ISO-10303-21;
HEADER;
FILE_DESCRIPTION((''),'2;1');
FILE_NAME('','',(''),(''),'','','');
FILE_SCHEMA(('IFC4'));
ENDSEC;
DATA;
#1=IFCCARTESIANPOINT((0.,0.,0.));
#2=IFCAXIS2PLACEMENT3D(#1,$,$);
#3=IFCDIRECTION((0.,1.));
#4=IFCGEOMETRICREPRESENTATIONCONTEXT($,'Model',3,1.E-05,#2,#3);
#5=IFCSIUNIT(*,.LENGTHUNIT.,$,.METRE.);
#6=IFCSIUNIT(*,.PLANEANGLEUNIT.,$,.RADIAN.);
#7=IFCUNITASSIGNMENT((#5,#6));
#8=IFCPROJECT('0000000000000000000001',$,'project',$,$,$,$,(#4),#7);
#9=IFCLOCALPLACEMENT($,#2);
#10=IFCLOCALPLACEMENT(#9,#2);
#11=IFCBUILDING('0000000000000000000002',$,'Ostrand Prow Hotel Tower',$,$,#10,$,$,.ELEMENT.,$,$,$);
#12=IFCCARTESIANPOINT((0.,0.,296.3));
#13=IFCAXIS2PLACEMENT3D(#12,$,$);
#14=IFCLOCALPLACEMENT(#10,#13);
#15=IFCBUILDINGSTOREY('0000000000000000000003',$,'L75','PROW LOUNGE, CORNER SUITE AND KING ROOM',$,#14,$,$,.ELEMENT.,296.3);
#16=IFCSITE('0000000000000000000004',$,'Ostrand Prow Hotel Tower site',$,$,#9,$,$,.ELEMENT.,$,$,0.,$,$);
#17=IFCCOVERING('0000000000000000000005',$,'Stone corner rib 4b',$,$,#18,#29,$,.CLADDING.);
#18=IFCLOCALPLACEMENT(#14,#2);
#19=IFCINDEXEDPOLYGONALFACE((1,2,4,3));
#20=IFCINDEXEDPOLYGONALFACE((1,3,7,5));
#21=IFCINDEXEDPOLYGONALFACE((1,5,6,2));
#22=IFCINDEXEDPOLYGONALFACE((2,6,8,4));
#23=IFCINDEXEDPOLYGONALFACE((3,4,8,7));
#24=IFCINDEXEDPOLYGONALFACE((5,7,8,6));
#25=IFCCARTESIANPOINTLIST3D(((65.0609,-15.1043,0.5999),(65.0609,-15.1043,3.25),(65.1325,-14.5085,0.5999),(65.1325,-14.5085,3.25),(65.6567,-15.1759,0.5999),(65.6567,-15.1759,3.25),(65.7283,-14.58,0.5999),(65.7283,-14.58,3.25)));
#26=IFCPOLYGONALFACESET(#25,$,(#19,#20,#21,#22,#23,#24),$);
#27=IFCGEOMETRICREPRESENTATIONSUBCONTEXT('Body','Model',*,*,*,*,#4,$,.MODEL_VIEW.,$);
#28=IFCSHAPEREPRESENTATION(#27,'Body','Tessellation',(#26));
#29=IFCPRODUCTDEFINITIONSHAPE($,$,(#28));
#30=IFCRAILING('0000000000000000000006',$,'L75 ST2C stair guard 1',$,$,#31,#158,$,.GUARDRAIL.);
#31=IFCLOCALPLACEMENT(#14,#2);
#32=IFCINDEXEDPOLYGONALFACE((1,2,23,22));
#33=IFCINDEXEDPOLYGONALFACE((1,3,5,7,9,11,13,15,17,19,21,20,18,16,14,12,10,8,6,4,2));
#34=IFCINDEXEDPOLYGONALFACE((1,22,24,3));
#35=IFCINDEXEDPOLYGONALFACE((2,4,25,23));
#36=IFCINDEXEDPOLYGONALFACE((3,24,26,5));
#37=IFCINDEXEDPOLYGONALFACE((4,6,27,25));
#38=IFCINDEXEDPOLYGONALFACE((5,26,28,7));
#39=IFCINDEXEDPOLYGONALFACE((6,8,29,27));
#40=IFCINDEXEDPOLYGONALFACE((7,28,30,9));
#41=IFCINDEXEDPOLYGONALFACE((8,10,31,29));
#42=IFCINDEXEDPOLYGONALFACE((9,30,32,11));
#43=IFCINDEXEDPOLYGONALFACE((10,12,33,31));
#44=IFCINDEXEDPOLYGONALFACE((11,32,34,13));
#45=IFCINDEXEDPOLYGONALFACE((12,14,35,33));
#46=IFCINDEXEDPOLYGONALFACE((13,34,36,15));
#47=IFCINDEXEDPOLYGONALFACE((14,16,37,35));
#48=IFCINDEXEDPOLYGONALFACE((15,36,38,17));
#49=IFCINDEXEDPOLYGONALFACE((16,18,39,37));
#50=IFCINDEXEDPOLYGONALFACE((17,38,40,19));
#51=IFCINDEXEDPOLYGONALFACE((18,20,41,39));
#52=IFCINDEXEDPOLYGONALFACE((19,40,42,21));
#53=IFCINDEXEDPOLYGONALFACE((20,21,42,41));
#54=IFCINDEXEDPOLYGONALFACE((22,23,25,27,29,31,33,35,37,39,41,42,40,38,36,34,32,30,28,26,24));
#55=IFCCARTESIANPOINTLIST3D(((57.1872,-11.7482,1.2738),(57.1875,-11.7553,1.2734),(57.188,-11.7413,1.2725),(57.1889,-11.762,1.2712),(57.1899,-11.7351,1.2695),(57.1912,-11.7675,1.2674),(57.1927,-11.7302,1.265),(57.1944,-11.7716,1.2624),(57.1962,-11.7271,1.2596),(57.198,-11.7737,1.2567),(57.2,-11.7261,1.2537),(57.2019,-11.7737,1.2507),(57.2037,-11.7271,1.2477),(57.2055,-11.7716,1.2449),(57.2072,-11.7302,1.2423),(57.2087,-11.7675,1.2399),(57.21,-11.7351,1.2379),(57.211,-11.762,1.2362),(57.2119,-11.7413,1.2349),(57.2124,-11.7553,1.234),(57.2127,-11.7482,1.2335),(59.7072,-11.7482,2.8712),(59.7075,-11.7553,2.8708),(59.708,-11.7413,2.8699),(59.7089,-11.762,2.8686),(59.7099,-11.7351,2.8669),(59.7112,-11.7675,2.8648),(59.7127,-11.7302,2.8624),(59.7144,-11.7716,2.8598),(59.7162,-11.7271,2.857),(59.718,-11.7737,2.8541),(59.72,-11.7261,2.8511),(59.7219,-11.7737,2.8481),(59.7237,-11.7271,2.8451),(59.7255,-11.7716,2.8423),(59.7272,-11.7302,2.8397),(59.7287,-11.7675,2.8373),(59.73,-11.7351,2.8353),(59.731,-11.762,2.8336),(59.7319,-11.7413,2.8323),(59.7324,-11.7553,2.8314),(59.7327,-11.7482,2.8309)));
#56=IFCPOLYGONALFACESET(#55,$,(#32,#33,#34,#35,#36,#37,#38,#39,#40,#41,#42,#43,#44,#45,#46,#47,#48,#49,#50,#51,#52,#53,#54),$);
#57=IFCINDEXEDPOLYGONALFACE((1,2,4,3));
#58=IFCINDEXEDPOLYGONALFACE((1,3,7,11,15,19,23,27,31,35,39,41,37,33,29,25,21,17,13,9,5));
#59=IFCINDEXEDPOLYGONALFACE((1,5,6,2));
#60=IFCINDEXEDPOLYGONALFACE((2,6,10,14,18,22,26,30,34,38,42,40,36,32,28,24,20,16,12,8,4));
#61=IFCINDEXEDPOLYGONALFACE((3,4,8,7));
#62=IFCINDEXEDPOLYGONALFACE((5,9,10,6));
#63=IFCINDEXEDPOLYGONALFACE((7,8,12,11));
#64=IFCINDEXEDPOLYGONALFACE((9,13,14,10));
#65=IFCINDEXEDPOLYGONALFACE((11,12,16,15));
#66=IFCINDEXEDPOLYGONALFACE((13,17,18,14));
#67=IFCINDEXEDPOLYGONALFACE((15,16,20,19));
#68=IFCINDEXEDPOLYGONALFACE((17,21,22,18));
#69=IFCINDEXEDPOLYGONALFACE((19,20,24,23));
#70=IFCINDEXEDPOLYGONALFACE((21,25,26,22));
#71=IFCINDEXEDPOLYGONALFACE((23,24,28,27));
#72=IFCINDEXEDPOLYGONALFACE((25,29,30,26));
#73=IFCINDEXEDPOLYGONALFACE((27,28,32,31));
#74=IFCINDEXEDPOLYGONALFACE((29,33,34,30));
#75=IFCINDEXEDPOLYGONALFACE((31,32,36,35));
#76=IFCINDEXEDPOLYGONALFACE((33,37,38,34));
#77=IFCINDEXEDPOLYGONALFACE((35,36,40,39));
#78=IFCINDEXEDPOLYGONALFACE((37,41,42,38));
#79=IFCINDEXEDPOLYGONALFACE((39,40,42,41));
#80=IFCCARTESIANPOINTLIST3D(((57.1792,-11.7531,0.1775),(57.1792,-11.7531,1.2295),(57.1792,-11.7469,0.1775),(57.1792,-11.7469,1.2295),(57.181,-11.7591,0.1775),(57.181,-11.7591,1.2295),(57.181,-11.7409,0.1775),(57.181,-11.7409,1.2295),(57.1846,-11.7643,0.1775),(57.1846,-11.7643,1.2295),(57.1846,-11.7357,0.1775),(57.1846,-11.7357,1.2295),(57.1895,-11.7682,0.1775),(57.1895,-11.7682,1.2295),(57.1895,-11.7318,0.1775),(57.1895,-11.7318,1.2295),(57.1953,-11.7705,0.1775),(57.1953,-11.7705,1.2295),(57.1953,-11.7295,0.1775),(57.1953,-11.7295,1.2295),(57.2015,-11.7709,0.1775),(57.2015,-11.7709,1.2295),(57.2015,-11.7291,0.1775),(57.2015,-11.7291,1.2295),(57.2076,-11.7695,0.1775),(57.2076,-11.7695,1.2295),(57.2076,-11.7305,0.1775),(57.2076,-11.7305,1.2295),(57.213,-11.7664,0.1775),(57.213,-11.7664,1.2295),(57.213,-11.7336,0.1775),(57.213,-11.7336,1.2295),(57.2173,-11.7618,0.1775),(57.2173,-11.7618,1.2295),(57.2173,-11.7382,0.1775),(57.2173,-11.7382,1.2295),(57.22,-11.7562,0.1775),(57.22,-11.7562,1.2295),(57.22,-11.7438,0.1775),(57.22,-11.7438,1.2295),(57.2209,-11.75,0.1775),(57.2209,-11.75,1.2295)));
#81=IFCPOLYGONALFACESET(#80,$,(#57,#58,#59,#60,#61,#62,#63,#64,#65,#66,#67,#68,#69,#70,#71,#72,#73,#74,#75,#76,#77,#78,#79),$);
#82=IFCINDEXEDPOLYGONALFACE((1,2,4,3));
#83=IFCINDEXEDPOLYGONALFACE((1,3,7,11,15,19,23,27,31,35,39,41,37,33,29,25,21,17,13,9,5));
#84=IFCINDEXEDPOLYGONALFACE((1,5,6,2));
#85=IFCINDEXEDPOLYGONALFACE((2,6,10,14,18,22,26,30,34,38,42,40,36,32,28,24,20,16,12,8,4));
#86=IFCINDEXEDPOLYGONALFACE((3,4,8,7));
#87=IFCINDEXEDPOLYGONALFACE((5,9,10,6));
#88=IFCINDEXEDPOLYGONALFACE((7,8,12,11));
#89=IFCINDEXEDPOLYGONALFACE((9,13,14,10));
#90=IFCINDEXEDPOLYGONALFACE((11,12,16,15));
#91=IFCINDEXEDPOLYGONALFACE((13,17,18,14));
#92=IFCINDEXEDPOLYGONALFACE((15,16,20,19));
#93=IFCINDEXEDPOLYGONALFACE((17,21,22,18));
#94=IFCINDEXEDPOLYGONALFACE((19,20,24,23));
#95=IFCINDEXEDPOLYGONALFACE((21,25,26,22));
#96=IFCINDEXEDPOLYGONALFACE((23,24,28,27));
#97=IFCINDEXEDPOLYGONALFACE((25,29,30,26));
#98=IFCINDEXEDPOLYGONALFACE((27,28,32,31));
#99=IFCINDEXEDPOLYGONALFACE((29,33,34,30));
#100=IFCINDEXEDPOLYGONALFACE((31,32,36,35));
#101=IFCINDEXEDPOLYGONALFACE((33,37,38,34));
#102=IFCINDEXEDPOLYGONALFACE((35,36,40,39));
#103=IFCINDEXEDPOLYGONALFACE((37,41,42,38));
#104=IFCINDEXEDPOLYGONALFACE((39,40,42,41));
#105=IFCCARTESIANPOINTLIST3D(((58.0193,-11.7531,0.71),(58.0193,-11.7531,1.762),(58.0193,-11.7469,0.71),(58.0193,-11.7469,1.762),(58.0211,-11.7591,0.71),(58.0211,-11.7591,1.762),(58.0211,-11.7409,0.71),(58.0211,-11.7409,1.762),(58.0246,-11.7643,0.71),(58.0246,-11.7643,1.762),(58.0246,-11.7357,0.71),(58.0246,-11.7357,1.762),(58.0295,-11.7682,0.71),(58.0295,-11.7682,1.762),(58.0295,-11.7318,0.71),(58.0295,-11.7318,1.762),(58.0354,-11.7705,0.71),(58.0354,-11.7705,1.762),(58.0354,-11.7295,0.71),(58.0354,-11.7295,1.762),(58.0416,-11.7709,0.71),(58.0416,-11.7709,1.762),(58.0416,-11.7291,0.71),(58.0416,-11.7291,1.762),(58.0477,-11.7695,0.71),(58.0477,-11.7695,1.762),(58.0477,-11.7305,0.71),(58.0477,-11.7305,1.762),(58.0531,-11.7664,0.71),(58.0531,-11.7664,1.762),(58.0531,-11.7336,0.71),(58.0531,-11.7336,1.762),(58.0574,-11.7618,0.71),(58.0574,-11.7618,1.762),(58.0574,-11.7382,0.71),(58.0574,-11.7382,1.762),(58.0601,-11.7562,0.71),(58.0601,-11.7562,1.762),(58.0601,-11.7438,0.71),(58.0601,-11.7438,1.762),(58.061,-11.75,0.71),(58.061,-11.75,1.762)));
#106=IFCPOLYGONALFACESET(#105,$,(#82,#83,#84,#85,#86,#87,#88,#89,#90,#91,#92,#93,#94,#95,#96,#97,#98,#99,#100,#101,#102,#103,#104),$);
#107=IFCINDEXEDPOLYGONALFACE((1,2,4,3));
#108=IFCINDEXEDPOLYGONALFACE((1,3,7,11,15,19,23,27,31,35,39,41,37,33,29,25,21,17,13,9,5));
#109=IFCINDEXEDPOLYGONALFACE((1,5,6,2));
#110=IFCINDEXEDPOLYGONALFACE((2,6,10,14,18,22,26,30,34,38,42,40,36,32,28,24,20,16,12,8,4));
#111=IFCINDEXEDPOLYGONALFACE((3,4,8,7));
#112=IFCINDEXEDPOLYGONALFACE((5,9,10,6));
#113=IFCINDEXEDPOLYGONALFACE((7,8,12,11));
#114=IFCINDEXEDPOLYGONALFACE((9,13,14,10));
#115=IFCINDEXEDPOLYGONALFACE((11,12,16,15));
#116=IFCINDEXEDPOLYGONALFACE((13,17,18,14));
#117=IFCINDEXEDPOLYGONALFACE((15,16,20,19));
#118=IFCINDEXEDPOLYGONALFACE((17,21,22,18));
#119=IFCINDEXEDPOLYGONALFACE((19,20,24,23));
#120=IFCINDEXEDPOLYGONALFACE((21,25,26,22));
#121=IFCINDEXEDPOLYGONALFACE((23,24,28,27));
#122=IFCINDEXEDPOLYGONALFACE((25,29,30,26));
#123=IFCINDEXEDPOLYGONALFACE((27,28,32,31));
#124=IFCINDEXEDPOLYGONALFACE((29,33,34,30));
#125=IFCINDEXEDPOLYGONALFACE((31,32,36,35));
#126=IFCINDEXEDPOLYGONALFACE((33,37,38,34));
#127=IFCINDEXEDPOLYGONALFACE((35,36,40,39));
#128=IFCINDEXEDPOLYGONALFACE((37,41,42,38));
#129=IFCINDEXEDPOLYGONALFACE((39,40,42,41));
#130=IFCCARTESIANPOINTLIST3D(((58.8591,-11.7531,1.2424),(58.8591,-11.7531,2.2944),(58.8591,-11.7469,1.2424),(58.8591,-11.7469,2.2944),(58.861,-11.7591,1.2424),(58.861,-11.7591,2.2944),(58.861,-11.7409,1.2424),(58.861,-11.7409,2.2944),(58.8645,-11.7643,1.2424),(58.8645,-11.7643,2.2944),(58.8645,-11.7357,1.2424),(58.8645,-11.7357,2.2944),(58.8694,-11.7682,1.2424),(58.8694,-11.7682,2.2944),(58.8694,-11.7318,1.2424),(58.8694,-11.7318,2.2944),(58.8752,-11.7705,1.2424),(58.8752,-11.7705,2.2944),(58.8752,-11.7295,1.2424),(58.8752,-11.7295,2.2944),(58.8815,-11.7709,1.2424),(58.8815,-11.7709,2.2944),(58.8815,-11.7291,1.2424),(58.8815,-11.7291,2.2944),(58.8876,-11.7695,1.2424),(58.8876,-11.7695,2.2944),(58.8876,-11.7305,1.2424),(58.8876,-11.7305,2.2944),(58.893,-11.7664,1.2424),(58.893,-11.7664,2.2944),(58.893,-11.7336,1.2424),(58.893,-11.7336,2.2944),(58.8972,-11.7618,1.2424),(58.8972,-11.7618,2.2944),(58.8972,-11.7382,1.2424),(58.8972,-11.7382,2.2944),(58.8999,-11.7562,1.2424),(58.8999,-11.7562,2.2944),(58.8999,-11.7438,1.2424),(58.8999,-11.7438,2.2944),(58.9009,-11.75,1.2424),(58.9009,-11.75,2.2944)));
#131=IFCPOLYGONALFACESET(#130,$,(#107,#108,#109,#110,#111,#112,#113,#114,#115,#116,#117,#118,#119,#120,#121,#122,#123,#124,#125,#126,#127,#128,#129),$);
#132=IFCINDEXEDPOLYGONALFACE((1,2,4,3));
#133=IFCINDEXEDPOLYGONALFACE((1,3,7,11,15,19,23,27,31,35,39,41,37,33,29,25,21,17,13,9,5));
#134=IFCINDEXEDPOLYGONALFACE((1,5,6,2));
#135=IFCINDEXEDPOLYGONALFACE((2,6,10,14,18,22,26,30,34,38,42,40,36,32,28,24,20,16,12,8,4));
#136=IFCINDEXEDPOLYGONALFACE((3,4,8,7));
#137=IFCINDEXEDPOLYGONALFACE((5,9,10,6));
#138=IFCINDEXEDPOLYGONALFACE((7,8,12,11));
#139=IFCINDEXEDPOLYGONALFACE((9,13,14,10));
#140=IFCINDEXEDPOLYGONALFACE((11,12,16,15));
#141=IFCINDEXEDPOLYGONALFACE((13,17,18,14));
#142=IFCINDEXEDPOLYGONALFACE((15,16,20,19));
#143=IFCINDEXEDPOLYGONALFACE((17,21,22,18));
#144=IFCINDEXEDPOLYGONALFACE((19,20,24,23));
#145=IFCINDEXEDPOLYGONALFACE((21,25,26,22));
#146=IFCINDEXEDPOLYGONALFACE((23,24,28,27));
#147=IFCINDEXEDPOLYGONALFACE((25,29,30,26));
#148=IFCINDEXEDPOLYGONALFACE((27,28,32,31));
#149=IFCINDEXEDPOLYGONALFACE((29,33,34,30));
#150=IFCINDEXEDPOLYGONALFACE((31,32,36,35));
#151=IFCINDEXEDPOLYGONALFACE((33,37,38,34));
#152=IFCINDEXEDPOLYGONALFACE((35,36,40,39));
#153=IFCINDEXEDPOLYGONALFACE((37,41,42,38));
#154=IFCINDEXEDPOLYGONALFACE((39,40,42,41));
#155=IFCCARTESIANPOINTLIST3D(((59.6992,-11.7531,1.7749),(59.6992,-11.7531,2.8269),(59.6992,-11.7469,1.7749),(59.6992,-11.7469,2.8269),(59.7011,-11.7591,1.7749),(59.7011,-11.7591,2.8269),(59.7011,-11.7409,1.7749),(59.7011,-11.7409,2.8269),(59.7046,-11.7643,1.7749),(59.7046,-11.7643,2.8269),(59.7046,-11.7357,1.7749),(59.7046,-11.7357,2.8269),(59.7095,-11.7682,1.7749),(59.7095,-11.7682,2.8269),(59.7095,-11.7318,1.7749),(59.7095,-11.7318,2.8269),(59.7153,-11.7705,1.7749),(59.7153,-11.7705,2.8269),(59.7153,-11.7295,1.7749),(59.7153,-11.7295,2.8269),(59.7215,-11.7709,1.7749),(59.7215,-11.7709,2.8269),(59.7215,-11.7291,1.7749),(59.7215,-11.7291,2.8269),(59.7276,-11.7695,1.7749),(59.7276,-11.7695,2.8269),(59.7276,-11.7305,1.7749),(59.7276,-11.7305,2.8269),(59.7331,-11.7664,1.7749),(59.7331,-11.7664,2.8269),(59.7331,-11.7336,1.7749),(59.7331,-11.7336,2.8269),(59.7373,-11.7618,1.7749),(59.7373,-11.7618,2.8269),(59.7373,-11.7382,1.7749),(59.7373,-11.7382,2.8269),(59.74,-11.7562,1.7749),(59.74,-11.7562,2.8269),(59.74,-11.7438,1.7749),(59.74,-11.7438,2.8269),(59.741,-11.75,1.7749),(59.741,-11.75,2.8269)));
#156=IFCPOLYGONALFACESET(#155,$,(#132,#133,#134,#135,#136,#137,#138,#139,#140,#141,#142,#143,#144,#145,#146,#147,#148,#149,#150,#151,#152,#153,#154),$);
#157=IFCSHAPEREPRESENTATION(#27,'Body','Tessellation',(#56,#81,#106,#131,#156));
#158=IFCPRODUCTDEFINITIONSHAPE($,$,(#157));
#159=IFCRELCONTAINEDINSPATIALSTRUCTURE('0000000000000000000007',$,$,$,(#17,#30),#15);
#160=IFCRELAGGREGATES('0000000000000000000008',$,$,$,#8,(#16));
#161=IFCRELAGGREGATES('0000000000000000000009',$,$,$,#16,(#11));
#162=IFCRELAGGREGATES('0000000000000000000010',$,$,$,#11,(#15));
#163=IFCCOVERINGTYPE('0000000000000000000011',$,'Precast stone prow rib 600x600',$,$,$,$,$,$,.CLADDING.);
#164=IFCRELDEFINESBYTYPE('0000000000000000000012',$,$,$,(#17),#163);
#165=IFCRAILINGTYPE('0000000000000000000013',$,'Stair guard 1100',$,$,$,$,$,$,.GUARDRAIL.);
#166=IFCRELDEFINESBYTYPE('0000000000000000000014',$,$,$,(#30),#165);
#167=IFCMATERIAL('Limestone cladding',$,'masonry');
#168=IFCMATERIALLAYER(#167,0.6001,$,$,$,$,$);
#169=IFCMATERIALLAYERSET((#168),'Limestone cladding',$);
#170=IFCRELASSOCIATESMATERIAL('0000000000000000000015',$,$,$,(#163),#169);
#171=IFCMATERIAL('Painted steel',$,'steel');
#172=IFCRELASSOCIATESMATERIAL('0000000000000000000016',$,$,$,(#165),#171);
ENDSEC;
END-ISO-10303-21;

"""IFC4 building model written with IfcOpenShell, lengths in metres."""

from ifc_helpers import new_model, si_unit, direction, frame, frame_2d, origin, origin_2d, place, context, subcontext, project, spatial, rectangle, circle, extrude, material, layer, layer_set, type_object, element, save


model = new_model("IFC4")

# Units and contexts
model_context = context("Model", 3, precision=1e-05, world=origin(), true_north=direction((0.0, 1.0)))
body_context = subcontext(model_context, "Body", "Model", "MODEL_VIEW")
ifc_project = project(units=[si_unit("LENGTHUNIT", "METRE"), si_unit("PLANEANGLEUNIT", "RADIAN")], contexts=[model_context])

# Site, building, storey
site_placement = place(None, origin())
site = spatial("IfcSite", under=ifc_project, at=site_placement, Name="Ostrand Prow Hotel Tower site", CompositionType="ELEMENT", RefElevation=0.0)
building_placement = place(site_placement, origin())
building = spatial("IfcBuilding", under=site, at=building_placement, Name="Ostrand Prow Hotel Tower", CompositionType="ELEMENT")
storey_placement = place(building_placement, frame((0.0, 0.0, 296.3)))
storey = spatial("IfcBuildingStorey", under=building, at=storey_placement, Name="L75", Description="PROW LOUNGE, CORNER SUITE AND KING ROOM", CompositionType="ELEMENT", Elevation=296.3)

# Covering
ifc_material_1 = material(Name="Limestone cladding", Category="masonry")
ifc_layer_1 = layer(ifc_material_1, 0.6001)
ifc_layer_set_1 = layer_set([ifc_layer_1], Name="Limestone cladding")
covering_type = type_object("IfcCoveringType", Name="Precast stone prow rib 600x600", PredefinedType="CLADDING", material=ifc_layer_set_1)
covering_1_placement = place(storey_placement, frame((65.0967, -14.8064, 0.5999), z_axis=(0.0, 0.0, 1.0), x_axis=(0.992867, -0.119225, 0.0)))
element("IfcCovering", 1, at=covering_1_placement, inside=storey, type_object=covering_type, Name="Stone corner rib 4b", PredefinedType="CLADDING", context=body_context, shape_type="SweptSolid", body=[
    extrude(rectangle(XDim=0.6001, YDim=0.6001, at=frame_2d((0.3, 0.0))), origin(), (0.0, 0.0, 1.0), 2.6501),
])

# Railing
ifc_material_2 = material(Name="Painted steel", Category="steel")
railing_type_1 = type_object("IfcRailingType", Name="Stair guard 1100", PredefinedType="GUARDRAIL", material=ifc_material_2)
railing_1_placement = place(storey_placement, frame((57.2, -11.75, 0.1775)))
element("IfcRailing", 2, at=railing_1_placement, inside=storey, type_object=railing_type_1, Name="L75 ST2C stair guard 1", PredefinedType="GUARDRAIL", context=body_context, shape_type="SweptSolid", body=[
    extrude(circle(Radius=0.0239, at=origin_2d()), frame((0.0, 0.0, 1.0762), z_axis=(0.844607, 0.0, 0.535387), x_axis=(0.0, 1.0, 0.0)), (0.0, 0.0, 1.0), 2.9836),
    extrude(circle(Radius=0.021, at=origin_2d()), origin(), (0.0, 0.0, 1.0), 1.052),
    extrude(circle(Radius=0.021, at=origin_2d()), frame((0.8401, 0.0, 0.5325)), (0.0, 0.0, 1.0), 1.052),
    extrude(circle(Radius=0.021, at=origin_2d()), frame((1.6799, 0.0, 1.0649)), (0.0, 0.0, 1.0), 1.052),
    extrude(circle(Radius=0.021, at=origin_2d()), frame((2.52, 0.0, 1.5974)), (0.0, 0.0, 1.0), 1.052),
])

save(model, "model.ifc")
